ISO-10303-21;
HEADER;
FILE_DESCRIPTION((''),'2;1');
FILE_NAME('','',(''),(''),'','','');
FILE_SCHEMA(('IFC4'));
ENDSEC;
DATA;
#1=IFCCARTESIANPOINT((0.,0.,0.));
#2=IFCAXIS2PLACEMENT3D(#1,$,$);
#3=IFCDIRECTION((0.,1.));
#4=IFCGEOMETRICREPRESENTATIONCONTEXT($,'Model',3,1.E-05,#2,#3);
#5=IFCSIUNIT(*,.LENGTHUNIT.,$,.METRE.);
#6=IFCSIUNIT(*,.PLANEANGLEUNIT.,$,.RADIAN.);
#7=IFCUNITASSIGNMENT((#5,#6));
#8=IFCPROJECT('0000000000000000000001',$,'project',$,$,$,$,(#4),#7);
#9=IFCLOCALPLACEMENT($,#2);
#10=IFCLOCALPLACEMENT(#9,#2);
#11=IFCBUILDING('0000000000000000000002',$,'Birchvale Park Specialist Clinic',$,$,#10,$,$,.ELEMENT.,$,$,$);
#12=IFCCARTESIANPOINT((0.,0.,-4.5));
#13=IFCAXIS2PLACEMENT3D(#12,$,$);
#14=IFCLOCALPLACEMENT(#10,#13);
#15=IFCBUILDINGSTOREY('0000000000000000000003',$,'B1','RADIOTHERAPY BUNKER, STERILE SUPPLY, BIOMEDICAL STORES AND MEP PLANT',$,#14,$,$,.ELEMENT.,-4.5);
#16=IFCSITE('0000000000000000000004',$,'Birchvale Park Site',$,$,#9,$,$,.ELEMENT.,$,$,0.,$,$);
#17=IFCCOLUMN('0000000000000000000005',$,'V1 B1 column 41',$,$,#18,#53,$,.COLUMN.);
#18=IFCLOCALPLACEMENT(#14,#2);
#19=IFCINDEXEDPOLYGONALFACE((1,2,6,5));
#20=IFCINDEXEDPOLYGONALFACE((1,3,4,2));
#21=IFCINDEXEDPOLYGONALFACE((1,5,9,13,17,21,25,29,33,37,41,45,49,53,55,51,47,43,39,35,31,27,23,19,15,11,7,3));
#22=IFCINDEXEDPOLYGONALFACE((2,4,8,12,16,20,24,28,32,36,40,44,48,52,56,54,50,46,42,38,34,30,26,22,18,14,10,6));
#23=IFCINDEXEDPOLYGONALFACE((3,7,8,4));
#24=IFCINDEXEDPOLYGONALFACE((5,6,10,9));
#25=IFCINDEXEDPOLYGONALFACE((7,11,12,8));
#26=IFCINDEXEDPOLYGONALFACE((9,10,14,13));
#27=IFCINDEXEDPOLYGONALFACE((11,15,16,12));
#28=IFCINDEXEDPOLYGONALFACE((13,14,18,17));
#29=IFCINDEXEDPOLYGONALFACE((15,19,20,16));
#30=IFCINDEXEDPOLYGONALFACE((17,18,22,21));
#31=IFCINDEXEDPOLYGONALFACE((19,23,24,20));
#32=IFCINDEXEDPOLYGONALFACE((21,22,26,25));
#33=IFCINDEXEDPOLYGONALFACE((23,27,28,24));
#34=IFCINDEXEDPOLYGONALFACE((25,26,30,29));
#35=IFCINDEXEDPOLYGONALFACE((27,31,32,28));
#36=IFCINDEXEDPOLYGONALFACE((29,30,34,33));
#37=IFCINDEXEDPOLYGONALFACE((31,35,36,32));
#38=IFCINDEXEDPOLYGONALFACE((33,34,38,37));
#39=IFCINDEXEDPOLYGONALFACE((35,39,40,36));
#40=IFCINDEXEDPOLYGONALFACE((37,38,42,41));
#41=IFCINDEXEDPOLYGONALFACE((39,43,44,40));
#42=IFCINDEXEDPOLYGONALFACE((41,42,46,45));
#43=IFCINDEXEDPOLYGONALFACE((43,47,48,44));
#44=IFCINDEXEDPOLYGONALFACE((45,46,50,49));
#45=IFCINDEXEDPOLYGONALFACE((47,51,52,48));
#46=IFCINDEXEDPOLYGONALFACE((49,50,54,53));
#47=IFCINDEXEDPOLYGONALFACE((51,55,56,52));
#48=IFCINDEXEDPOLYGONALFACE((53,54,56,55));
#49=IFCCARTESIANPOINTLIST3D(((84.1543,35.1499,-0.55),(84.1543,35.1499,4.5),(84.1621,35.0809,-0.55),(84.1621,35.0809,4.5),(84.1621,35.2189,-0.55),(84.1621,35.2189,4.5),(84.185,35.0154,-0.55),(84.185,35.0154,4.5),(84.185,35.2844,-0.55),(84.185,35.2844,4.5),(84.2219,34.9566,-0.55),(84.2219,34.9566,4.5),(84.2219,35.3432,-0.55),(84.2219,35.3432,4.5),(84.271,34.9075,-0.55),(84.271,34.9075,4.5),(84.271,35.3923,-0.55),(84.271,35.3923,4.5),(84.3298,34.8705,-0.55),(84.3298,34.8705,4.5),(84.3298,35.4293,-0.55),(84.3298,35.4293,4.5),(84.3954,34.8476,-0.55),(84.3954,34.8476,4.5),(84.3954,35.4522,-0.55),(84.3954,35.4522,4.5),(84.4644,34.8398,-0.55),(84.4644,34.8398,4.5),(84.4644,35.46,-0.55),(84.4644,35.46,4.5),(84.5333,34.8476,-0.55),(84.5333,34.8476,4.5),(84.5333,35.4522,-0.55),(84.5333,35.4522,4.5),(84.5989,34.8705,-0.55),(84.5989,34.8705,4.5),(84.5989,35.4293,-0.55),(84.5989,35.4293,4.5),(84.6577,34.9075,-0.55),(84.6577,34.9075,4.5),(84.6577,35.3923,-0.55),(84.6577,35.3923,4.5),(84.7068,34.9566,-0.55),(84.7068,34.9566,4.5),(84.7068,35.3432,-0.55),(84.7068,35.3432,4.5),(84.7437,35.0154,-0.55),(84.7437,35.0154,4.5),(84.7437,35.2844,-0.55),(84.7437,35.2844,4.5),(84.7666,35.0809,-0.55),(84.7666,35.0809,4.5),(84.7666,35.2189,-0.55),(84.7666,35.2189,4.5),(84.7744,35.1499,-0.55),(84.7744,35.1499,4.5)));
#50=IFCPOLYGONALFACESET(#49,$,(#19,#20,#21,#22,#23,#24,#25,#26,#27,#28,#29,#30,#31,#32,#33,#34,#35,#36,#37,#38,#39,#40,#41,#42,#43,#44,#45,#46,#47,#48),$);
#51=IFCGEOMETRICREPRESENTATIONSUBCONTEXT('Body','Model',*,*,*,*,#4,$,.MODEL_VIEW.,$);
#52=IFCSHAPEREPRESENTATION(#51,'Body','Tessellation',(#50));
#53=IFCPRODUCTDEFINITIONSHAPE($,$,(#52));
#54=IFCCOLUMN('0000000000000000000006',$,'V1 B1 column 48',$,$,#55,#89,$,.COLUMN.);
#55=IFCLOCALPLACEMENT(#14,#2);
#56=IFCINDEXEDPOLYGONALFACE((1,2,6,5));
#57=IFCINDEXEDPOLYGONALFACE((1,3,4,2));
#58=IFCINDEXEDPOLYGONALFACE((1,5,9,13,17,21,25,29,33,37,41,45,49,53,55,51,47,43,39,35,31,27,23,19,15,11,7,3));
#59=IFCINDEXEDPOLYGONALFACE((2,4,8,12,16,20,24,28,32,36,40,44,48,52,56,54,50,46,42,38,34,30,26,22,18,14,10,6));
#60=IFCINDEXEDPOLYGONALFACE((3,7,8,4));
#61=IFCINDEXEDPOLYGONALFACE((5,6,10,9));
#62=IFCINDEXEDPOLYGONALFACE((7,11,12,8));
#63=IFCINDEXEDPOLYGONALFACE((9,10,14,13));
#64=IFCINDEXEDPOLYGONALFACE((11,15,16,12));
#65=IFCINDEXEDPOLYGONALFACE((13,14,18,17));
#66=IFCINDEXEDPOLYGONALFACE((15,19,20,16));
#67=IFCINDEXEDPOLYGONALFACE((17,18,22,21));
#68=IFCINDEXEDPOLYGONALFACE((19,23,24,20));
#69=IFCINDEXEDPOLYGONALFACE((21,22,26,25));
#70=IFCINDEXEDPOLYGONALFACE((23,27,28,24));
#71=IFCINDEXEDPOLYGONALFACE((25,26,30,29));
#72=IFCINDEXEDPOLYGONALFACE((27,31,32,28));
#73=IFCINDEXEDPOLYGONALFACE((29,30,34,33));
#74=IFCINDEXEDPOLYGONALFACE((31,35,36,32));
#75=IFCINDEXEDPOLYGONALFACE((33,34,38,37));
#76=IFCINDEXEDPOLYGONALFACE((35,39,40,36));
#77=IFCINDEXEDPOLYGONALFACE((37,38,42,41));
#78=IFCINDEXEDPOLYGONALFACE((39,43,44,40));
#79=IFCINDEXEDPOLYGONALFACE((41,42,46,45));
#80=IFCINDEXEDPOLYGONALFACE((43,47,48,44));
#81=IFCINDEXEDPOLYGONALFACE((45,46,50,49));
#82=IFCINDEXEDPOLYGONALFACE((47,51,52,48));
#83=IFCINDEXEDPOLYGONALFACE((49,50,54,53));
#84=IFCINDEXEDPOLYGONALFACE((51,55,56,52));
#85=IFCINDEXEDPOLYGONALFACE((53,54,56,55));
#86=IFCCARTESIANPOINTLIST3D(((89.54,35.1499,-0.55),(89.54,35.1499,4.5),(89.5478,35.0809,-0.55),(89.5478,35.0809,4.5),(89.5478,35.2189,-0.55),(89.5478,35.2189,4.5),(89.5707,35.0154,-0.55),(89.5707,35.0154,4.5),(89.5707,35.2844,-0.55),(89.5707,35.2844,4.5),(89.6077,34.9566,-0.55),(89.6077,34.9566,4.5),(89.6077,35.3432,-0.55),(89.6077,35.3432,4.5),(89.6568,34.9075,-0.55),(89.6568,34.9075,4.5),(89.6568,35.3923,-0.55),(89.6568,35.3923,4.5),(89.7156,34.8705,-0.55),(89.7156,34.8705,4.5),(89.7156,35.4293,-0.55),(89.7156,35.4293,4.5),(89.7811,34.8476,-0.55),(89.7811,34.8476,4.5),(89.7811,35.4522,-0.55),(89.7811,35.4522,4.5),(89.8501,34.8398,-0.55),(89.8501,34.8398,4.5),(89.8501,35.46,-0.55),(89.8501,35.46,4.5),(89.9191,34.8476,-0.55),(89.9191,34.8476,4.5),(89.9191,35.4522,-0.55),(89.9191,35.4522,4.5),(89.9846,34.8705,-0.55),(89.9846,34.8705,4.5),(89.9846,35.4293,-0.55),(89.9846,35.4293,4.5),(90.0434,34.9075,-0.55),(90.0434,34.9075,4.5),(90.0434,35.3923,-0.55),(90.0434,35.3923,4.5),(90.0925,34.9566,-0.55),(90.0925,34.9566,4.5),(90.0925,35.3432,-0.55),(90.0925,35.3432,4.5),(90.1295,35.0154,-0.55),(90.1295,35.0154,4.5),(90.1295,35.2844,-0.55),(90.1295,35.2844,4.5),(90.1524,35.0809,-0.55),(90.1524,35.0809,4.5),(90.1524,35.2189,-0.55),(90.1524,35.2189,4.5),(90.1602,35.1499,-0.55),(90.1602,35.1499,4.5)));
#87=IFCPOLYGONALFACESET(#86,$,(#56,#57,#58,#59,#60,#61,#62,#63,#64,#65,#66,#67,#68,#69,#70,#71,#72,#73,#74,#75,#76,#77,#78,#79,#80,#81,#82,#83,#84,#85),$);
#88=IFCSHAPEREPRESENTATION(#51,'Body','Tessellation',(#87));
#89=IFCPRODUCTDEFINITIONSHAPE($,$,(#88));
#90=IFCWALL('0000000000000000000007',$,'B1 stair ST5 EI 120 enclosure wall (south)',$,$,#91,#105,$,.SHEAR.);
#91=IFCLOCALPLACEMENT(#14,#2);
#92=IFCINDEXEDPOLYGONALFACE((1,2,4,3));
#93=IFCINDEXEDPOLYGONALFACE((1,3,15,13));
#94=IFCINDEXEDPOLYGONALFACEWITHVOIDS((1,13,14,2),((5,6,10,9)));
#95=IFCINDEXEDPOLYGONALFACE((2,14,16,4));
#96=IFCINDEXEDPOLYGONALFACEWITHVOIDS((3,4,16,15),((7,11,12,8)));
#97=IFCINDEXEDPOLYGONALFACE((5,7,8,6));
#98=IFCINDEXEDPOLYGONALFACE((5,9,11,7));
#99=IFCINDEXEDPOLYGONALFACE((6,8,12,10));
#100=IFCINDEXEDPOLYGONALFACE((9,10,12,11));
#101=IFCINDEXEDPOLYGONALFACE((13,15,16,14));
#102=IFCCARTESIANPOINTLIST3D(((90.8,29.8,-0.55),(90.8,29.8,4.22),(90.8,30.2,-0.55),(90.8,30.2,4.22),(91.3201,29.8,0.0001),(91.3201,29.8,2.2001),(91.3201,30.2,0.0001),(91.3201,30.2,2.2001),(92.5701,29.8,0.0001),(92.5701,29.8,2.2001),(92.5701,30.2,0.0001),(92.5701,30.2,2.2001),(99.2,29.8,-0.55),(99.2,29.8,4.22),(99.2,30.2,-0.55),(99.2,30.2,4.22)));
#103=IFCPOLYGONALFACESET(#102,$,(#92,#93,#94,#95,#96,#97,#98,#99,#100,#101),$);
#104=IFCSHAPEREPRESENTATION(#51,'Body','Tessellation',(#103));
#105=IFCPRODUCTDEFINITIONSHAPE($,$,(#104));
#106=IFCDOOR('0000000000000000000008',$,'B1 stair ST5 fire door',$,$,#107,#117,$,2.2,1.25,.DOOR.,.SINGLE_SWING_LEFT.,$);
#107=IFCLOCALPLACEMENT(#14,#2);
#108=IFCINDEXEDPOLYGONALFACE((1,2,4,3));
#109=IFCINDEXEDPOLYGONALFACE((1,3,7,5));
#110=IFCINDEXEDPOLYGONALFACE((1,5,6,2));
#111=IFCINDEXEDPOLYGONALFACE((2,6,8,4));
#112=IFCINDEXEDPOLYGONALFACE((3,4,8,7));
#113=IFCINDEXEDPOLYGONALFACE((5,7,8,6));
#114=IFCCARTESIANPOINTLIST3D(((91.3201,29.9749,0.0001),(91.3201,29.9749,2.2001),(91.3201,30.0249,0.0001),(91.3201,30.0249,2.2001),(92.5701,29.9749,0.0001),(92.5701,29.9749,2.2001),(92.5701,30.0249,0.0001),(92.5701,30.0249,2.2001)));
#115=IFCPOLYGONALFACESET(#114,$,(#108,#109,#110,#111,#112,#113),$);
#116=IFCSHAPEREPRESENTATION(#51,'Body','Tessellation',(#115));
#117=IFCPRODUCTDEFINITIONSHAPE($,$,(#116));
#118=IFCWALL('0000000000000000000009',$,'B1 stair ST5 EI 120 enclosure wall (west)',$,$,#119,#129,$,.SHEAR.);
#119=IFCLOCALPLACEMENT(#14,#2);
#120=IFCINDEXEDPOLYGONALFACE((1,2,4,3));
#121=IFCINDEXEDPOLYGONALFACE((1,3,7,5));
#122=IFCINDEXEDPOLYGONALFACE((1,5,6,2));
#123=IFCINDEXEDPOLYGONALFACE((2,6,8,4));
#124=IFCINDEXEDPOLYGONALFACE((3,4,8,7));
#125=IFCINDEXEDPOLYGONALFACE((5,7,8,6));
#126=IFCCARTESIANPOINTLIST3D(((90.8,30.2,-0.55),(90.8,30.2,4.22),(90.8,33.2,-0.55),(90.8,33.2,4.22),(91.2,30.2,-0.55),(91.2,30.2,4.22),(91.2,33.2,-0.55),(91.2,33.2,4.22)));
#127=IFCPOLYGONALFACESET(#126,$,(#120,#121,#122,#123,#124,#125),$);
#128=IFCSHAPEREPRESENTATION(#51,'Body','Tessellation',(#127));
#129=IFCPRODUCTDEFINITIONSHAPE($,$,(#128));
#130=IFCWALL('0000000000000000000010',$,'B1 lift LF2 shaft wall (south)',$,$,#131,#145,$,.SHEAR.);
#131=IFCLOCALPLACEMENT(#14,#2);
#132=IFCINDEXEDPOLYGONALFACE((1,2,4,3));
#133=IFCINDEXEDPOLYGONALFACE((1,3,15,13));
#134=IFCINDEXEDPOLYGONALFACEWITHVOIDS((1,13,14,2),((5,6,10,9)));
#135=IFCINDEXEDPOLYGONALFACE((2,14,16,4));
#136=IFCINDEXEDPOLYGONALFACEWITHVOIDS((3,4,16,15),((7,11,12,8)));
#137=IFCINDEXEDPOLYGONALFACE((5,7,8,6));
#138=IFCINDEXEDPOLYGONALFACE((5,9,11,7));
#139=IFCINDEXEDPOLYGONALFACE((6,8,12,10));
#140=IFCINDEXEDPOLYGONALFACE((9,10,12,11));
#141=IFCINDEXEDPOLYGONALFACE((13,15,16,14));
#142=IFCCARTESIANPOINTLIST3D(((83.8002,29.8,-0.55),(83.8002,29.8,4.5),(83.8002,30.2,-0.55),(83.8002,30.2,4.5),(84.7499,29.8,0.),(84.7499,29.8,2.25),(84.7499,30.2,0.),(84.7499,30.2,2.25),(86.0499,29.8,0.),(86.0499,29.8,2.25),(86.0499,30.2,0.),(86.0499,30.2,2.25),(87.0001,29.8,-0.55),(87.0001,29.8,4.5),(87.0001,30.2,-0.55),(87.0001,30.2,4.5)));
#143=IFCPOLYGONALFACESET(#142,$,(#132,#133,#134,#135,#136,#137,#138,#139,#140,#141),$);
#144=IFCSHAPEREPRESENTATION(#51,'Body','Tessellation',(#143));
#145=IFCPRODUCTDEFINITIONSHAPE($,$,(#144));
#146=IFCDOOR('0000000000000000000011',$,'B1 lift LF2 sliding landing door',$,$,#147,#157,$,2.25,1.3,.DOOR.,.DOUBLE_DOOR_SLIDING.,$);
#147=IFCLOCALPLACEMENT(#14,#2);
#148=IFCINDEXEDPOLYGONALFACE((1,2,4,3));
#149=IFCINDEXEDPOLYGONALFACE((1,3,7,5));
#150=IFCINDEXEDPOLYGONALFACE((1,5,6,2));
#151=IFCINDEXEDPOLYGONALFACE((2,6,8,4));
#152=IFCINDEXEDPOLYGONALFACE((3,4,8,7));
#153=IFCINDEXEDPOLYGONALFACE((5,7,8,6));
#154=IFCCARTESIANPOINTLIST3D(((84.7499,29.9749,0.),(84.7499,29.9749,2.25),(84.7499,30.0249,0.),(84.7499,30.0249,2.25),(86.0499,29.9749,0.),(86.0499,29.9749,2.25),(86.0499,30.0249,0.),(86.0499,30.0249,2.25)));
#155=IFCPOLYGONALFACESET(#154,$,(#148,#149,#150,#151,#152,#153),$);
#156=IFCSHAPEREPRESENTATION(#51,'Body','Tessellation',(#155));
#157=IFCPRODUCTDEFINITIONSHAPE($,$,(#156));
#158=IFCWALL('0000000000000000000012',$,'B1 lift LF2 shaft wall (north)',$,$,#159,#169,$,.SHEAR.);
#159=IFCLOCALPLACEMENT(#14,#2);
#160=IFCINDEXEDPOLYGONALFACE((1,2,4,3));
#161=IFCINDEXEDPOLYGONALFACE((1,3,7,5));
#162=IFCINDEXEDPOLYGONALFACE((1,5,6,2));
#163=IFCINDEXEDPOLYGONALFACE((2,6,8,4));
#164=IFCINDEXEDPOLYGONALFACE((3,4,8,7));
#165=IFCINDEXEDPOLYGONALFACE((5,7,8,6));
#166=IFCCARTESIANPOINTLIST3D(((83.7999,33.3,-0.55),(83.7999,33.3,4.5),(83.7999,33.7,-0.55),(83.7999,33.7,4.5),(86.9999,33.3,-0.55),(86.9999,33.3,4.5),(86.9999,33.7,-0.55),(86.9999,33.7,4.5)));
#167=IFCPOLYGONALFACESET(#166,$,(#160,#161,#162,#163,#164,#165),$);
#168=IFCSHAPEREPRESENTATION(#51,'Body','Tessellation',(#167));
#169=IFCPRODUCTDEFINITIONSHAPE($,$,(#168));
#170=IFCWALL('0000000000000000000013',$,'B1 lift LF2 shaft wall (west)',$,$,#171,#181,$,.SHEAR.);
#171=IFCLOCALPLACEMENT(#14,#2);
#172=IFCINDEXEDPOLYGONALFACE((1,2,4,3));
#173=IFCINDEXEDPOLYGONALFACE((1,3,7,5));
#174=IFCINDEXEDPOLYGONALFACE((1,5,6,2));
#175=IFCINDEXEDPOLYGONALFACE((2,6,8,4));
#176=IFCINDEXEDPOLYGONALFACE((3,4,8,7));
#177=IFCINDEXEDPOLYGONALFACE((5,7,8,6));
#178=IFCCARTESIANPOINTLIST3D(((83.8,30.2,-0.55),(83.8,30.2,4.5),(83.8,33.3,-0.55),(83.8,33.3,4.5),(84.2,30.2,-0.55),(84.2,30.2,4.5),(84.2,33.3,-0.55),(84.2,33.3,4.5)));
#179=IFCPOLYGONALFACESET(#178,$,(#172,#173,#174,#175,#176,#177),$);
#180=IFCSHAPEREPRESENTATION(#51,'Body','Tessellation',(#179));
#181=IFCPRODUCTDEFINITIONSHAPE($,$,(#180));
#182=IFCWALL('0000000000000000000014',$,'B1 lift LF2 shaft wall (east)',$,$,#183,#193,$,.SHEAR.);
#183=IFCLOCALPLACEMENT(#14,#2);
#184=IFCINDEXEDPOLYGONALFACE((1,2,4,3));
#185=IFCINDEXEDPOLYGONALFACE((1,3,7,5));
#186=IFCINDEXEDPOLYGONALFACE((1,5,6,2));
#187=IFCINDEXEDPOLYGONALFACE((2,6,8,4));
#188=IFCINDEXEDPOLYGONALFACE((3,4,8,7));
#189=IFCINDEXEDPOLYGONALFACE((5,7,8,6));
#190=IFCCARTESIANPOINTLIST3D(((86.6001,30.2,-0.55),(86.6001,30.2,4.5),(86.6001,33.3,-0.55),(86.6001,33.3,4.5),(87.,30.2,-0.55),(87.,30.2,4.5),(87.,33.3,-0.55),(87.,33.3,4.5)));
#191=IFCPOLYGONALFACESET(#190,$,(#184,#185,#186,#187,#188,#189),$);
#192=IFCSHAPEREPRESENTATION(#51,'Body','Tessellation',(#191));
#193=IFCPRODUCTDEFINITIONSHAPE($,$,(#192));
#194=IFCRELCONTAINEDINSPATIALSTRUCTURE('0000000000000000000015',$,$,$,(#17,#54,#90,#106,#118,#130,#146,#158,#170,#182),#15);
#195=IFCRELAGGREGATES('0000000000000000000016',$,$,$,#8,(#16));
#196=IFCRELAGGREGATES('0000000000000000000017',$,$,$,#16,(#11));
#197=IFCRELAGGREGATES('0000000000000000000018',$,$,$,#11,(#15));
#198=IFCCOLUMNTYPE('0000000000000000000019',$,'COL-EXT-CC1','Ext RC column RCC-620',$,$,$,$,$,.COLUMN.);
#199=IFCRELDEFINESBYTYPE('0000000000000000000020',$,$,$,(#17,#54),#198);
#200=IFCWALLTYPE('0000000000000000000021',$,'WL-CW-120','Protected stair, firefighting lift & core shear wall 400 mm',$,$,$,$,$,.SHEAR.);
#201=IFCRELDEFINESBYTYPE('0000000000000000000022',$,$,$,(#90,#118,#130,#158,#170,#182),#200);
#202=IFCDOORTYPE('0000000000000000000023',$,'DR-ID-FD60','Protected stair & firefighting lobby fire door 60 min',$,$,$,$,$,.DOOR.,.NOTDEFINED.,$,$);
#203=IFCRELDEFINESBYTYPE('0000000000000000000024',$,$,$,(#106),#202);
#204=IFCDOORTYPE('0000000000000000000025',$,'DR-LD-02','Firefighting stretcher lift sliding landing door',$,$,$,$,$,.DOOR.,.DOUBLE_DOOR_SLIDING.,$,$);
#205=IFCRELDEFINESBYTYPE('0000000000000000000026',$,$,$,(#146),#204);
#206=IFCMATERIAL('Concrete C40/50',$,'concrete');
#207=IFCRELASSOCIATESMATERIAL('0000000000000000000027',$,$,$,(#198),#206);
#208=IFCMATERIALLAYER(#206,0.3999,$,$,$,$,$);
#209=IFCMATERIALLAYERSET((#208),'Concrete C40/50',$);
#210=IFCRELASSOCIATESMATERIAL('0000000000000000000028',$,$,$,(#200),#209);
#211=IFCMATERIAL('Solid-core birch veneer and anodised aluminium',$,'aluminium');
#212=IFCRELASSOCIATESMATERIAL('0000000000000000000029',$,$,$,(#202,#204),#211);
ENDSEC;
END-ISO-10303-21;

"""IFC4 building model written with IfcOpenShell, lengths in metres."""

from ifc_helpers import new_model, si_unit, direction, frame, frame_2d, origin, origin_2d, place, context, subcontext, project, spatial, rectangle, circle, extrude, material, layer, layer_set, material_profile, profile_set, type_object, element, fill, save


model = new_model("IFC4")

# Units and contexts
model_context = context("Model", 3, precision=1e-05, world=origin(), true_north=direction((0.0, 1.0)))
body_context = subcontext(model_context, "Body", "Model", "MODEL_VIEW")
ifc_project = project(units=[si_unit("LENGTHUNIT", "METRE"), si_unit("PLANEANGLEUNIT", "RADIAN")], contexts=[model_context])

# Site, building, storey
site_placement = place(None, origin())
site = spatial("IfcSite", under=ifc_project, at=site_placement, Name="Birchvale Park Site", CompositionType="ELEMENT", RefElevation=0.0)
building_placement = place(site_placement, origin())
building = spatial("IfcBuilding", under=site, at=building_placement, Name="Birchvale Park Specialist Clinic", CompositionType="ELEMENT")
storey_placement = place(building_placement, frame((0.0, 0.0, -4.5)))
storey = spatial("IfcBuildingStorey", under=building, at=storey_placement, Name="B1", Description="RADIOTHERAPY BUNKER, STERILE SUPPLY, BIOMEDICAL STORES AND MEP PLANT", CompositionType="ELEMENT", Elevation=-4.5)

# Shared definitions
ifc_material_1 = material(Name="Concrete C40/50", Category="concrete")

# Columns
ifc_material_profile_1 = material_profile(ifc_material_1, circle(Radius=0.3101, at=origin_2d()), Name="RCC-620")
ifc_profile_set_1 = profile_set([ifc_material_profile_1], Name="Concrete C40/50")
column_type_1 = type_object("IfcColumnType", Name="COL-EXT-CC1", Description="Ext RC column RCC-620", PredefinedType="COLUMN", material=ifc_profile_set_1)
for number, where, z_axis, x_axis, name in (
    (1, (84.4644, 35.1499, -0.55), (0.0, 0.0, 1.0), (1.0, 0.0, 0.0), "V1 B1 column 41"),
    (2, (89.8501, 35.1499, -0.55), (0.0, 0.0, 1.0), (1.0, 0.0, 0.0), "V1 B1 column 48"),
):
    element("IfcColumn", number, at=place(storey_placement, frame(where, z_axis=z_axis, x_axis=x_axis)), inside=storey, type_object=column_type_1, Name=name, PredefinedType="COLUMN", context=body_context, shape_type="SweptSolid", body=[
        extrude(circle(Radius=0.3101, at=origin_2d()), origin(), (0.0, 0.0, 1.0), 5.05),
    ])

# Wall, opening, door
ifc_layer_1 = layer(ifc_material_1, 0.3999)
ifc_layer_set_1 = layer_set([ifc_layer_1], Name="Concrete C40/50")
wall_type_1 = type_object("IfcWallType", Name="WL-CW-120", Description="Protected stair, firefighting lift & core shear wall 400 mm", PredefinedType="SHEAR", material=ifc_layer_set_1)
wall_1_placement = place(storey_placement, frame((90.8, 30.0, -0.55), z_axis=(0.0, 0.0, 1.0), x_axis=(1.0, 0.0, 0.0)))
wall_1 = element("IfcWall", 3, at=wall_1_placement, inside=storey, type_object=wall_type_1, Name="B1 stair ST5 EI 120 enclosure wall (south)", PredefinedType="SHEAR", context=body_context, shape_type="SweptSolid", body=[
    extrude(rectangle(XDim=8.3999, YDim=0.3999, at=frame_2d((4.2, 0.0))), origin(), (0.0, 0.0, 1.0), 4.77),
])
opening_1_placement = place(wall_1_placement, frame((0.52, 0.0, 0.55)))
opening_1 = element("IfcOpeningElement", 4, at=opening_1_placement, cuts=wall_1, PredefinedType="OPENING", context=body_context, shape_type="SweptSolid", body=[
    extrude(rectangle(XDim=1.25, YDim=2.2, at=frame_2d((0.625, 1.1001))), frame((0.0, 0.21, 0.0), z_axis=(0.0, -1.0, 0.0), x_axis=(1.0, 0.0, 0.0)), (0.0, 0.0, 1.0), 0.4199),
])
ifc_material_2 = material(Name="Solid-core birch veneer and anodised aluminium", Category="aluminium")
door_type_1 = type_object("IfcDoorType", Name="DR-ID-FD60", Description="Protected stair & firefighting lobby fire door 60 min", OperationType="NOTDEFINED", PredefinedType="DOOR", material=ifc_material_2)
door_1_placement = place(opening_1_placement, origin())
door_1 = element("IfcDoor", 5, at=door_1_placement, inside=storey, type_object=door_type_1, Name="B1 stair ST5 fire door", OperationType="SINGLE_SWING_LEFT", OverallHeight=2.2, OverallWidth=1.25, PredefinedType="DOOR", context=body_context, shape_type="SweptSolid", body=[
    extrude(rectangle(XDim=1.25, YDim=2.2, at=frame_2d((0.625, 1.1001))), frame((0.0, 0.0249, 0.0), z_axis=(0.0, -1.0, 0.0), x_axis=(1.0, 0.0, 0.0)), (0.0, 0.0, 1.0), 0.05),
])
fill(opening_1, door_1)

# Wall
wall_2_placement = place(storey_placement, frame((91.0, 30.2, -0.55), z_axis=(0.0, 0.0, 1.0), x_axis=(0.0, 1.0, 0.0)))
element("IfcWall", 6, at=wall_2_placement, inside=storey, type_object=wall_type_1, Name="B1 stair ST5 EI 120 enclosure wall (west)", PredefinedType="SHEAR", context=body_context, shape_type="SweptSolid", body=[
    extrude(rectangle(XDim=3.0, YDim=0.3999, at=frame_2d((1.5, 0.0))), origin(), (0.0, 0.0, 1.0), 4.77),
])

# Wall, opening, door
wall_3_placement = place(storey_placement, frame((83.8, 30.0, -0.55), z_axis=(0.0, 0.0, 1.0), x_axis=(1.0, 0.0, 0.0)))
wall_3 = element("IfcWall", 7, at=wall_3_placement, inside=storey, type_object=wall_type_1, Name="B1 lift LF2 shaft wall (south)", PredefinedType="SHEAR", context=body_context, shape_type="SweptSolid", body=[
    extrude(rectangle(XDim=3.2, YDim=0.3999, at=frame_2d((1.6001, 0.0))), origin(), (0.0, 0.0, 1.0), 5.05),
])
opening_2_placement = place(wall_3_placement, frame((0.95, 0.0, 0.55)))
opening_2 = element("IfcOpeningElement", 8, at=opening_2_placement, cuts=wall_3, PredefinedType="OPENING", context=body_context, shape_type="SweptSolid", body=[
    extrude(rectangle(XDim=1.3, YDim=2.25, at=frame_2d((0.6499, 1.125))), frame((0.0, 0.21, 0.0), z_axis=(0.0, -1.0, 0.0), x_axis=(1.0, 0.0, 0.0)), (0.0, 0.0, 1.0), 0.4199),
])
door_type_2 = type_object("IfcDoorType", Name="DR-LD-02", Description="Firefighting stretcher lift sliding landing door", OperationType="DOUBLE_DOOR_SLIDING", PredefinedType="DOOR", material=ifc_material_2)
door_2_placement = place(opening_2_placement, origin())
door_2 = element("IfcDoor", 9, at=door_2_placement, inside=storey, type_object=door_type_2, Name="B1 lift LF2 sliding landing door", OperationType="DOUBLE_DOOR_SLIDING", OverallHeight=2.25, OverallWidth=1.3, PredefinedType="DOOR", context=body_context, shape_type="SweptSolid", body=[
    extrude(rectangle(XDim=1.3, YDim=2.25, at=frame_2d((0.6499, 1.125))), frame((0.0, 0.0249, 0.0), z_axis=(0.0, -1.0, 0.0), x_axis=(1.0, 0.0, 0.0)), (0.0, 0.0, 1.0), 0.05),
])
fill(opening_2, door_2)

# Walls
wall_4_placement = place(storey_placement, frame((87.0, 33.5, -0.55), z_axis=(0.0, 0.0, 1.0), x_axis=(-1.0, 0.0, 0.0)))
element("IfcWall", 10, at=wall_4_placement, inside=storey, type_object=wall_type_1, Name="B1 lift LF2 shaft wall (north)", PredefinedType="SHEAR", context=body_context, shape_type="SweptSolid", body=[
    extrude(rectangle(XDim=3.2, YDim=0.3999, at=frame_2d((1.6001, 0.0))), origin(), (0.0, 0.0, 1.0), 5.05),
])
for number, where, z_axis, x_axis, name in (
    (11, (84.0, 30.2, -0.55), (0.0, 0.0, 1.0), (0.0, 1.0, 0.0), "B1 lift LF2 shaft wall (west)"),
    (12, (86.8, 33.3, -0.55), (0.0, 0.0, 1.0), (0.0, -1.0, 0.0), "B1 lift LF2 shaft wall (east)"),
):
    element("IfcWall", number, at=place(storey_placement, frame(where, z_axis=z_axis, x_axis=x_axis)), inside=storey, type_object=wall_type_1, Name=name, PredefinedType="SHEAR", context=body_context, shape_type="SweptSolid", body=[
        extrude(rectangle(XDim=3.1001, YDim=0.3999, at=frame_2d((1.55, 0.0))), origin(), (0.0, 0.0, 1.0), 5.05),
    ])

save(model, "model.ifc")
